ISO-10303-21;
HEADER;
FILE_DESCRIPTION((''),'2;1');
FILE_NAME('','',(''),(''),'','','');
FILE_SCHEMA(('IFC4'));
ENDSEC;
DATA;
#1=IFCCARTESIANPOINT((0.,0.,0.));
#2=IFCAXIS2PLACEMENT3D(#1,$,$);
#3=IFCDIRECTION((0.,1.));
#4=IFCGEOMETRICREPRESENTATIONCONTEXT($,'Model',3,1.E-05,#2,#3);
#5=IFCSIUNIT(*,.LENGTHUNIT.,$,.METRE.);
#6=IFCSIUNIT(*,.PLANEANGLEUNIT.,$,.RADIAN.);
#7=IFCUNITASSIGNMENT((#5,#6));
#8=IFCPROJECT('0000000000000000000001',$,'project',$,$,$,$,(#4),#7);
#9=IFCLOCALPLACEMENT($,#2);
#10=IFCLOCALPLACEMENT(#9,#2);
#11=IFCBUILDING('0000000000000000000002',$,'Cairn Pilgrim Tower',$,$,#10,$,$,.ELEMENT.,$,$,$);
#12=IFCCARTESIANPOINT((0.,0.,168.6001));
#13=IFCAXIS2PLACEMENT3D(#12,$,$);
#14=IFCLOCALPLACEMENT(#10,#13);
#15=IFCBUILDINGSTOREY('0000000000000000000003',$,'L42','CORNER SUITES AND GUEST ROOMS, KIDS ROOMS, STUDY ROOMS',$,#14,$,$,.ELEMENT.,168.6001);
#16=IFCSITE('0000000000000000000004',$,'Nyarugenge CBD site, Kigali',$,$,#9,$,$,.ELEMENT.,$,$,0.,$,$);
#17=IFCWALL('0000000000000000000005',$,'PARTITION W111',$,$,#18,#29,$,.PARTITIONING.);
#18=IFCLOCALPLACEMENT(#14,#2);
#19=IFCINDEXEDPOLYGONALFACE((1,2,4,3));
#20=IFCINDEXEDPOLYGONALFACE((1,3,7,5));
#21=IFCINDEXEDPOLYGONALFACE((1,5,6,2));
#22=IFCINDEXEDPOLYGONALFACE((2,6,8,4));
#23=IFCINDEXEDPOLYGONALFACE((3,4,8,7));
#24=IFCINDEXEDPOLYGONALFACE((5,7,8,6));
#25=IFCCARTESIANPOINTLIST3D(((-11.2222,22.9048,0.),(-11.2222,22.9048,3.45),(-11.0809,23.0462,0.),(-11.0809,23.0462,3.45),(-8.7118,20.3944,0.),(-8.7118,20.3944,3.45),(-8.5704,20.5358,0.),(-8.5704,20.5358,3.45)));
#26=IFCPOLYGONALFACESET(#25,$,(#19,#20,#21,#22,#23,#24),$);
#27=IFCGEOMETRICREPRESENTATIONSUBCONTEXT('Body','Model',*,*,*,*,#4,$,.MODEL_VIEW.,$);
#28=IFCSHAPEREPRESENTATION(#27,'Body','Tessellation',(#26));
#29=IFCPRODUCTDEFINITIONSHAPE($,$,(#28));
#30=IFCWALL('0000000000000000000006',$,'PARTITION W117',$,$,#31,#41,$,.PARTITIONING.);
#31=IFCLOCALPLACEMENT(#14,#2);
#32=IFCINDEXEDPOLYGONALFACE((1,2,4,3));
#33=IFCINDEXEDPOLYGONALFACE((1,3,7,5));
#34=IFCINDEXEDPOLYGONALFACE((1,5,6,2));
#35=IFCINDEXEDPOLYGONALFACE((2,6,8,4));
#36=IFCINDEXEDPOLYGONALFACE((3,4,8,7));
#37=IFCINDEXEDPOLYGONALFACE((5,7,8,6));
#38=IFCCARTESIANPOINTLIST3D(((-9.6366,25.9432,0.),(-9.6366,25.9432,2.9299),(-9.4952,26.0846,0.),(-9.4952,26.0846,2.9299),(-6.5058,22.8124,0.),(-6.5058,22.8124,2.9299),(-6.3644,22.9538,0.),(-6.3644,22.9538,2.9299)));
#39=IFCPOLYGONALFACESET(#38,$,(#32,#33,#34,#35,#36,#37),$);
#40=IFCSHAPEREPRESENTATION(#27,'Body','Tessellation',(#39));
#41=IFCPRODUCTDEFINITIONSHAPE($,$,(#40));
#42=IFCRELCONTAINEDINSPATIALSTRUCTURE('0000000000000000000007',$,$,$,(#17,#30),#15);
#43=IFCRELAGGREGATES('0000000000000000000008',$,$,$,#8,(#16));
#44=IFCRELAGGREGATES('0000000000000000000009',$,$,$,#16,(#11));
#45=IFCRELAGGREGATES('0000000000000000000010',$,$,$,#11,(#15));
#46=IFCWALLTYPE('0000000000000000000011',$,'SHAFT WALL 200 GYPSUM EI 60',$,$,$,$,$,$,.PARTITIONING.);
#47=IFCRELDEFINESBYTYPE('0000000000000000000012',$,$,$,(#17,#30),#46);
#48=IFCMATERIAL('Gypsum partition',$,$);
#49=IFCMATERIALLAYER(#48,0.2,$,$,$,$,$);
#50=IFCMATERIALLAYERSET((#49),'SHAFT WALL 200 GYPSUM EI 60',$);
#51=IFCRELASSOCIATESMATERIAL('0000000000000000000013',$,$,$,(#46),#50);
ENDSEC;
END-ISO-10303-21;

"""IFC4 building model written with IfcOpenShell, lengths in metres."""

from ifc_helpers import new_model, si_unit, direction, frame, frame_2d, origin, place, context, subcontext, project, spatial, rectangle, extrude, material, layer, layer_set, type_object, element, save


model = new_model("IFC4")

# Units and contexts
model_context = context("Model", 3, precision=1e-05, world=origin(), true_north=direction((0.0, 1.0)))
body_context = subcontext(model_context, "Body", "Model", "MODEL_VIEW")
ifc_project = project(units=[si_unit("LENGTHUNIT", "METRE"), si_unit("PLANEANGLEUNIT", "RADIAN")], contexts=[model_context])

# Site, building, storey
site_placement = place(None, origin())
site = spatial("IfcSite", under=ifc_project, at=site_placement, Name="Nyarugenge CBD site, Kigali", CompositionType="ELEMENT", RefElevation=0.0)
building_placement = place(site_placement, origin())
building = spatial("IfcBuilding", under=site, at=building_placement, Name="Cairn Pilgrim Tower", CompositionType="ELEMENT")
storey_placement = place(building_placement, frame((0.0, 0.0, 168.6001)))
storey = spatial("IfcBuildingStorey", under=building, at=storey_placement, Name="L42", Description="CORNER SUITES AND GUEST ROOMS, KIDS ROOMS, STUDY ROOMS", CompositionType="ELEMENT", Elevation=168.6001)

# Shared definitions
ifc_material_1 = material(Name="Gypsum partition")

# Walls
ifc_layer_1 = layer(ifc_material_1, 0.2)
ifc_layer_set_1 = layer_set([ifc_layer_1], Name="SHAFT WALL 200 GYPSUM EI 60")
wall_type_1 = type_object("IfcWallType", Name="SHAFT WALL 200 GYPSUM EI 60", PredefinedType="PARTITIONING", material=ifc_layer_set_1)
wall_1_placement = place(storey_placement, frame((-8.6411, 20.4651, 0.0), z_axis=(0.0, 0.0, 1.0), x_axis=(-0.707107, 0.707107, 0.0)))
element("IfcWall", 1, at=wall_1_placement, inside=storey, type_object=wall_type_1, Name="PARTITION W111", PredefinedType="PARTITIONING", context=body_context, shape_type="SweptSolid", body=[
    extrude(rectangle(XDim=3.5503, YDim=0.2, at=frame_2d((1.7751, 0.0))), origin(), (0.0, 0.0, 1.0), 3.45),
])
wall_2_placement = place(storey_placement, frame((-6.4351, 22.8831, 0.0), z_axis=(0.0, 0.0, 1.0), x_axis=(-0.707107, 0.707107, 0.0)))
element("IfcWall", 2, at=wall_2_placement, inside=storey, type_object=wall_type_1, Name="PARTITION W117", PredefinedType="PARTITIONING", context=body_context, shape_type="SweptSolid", body=[
    extrude(rectangle(XDim=4.4277, YDim=0.2, at=frame_2d((2.2139, 0.0))), origin(), (0.0, 0.0, 1.0), 2.9299),
])

save(model, "model.ifc")
